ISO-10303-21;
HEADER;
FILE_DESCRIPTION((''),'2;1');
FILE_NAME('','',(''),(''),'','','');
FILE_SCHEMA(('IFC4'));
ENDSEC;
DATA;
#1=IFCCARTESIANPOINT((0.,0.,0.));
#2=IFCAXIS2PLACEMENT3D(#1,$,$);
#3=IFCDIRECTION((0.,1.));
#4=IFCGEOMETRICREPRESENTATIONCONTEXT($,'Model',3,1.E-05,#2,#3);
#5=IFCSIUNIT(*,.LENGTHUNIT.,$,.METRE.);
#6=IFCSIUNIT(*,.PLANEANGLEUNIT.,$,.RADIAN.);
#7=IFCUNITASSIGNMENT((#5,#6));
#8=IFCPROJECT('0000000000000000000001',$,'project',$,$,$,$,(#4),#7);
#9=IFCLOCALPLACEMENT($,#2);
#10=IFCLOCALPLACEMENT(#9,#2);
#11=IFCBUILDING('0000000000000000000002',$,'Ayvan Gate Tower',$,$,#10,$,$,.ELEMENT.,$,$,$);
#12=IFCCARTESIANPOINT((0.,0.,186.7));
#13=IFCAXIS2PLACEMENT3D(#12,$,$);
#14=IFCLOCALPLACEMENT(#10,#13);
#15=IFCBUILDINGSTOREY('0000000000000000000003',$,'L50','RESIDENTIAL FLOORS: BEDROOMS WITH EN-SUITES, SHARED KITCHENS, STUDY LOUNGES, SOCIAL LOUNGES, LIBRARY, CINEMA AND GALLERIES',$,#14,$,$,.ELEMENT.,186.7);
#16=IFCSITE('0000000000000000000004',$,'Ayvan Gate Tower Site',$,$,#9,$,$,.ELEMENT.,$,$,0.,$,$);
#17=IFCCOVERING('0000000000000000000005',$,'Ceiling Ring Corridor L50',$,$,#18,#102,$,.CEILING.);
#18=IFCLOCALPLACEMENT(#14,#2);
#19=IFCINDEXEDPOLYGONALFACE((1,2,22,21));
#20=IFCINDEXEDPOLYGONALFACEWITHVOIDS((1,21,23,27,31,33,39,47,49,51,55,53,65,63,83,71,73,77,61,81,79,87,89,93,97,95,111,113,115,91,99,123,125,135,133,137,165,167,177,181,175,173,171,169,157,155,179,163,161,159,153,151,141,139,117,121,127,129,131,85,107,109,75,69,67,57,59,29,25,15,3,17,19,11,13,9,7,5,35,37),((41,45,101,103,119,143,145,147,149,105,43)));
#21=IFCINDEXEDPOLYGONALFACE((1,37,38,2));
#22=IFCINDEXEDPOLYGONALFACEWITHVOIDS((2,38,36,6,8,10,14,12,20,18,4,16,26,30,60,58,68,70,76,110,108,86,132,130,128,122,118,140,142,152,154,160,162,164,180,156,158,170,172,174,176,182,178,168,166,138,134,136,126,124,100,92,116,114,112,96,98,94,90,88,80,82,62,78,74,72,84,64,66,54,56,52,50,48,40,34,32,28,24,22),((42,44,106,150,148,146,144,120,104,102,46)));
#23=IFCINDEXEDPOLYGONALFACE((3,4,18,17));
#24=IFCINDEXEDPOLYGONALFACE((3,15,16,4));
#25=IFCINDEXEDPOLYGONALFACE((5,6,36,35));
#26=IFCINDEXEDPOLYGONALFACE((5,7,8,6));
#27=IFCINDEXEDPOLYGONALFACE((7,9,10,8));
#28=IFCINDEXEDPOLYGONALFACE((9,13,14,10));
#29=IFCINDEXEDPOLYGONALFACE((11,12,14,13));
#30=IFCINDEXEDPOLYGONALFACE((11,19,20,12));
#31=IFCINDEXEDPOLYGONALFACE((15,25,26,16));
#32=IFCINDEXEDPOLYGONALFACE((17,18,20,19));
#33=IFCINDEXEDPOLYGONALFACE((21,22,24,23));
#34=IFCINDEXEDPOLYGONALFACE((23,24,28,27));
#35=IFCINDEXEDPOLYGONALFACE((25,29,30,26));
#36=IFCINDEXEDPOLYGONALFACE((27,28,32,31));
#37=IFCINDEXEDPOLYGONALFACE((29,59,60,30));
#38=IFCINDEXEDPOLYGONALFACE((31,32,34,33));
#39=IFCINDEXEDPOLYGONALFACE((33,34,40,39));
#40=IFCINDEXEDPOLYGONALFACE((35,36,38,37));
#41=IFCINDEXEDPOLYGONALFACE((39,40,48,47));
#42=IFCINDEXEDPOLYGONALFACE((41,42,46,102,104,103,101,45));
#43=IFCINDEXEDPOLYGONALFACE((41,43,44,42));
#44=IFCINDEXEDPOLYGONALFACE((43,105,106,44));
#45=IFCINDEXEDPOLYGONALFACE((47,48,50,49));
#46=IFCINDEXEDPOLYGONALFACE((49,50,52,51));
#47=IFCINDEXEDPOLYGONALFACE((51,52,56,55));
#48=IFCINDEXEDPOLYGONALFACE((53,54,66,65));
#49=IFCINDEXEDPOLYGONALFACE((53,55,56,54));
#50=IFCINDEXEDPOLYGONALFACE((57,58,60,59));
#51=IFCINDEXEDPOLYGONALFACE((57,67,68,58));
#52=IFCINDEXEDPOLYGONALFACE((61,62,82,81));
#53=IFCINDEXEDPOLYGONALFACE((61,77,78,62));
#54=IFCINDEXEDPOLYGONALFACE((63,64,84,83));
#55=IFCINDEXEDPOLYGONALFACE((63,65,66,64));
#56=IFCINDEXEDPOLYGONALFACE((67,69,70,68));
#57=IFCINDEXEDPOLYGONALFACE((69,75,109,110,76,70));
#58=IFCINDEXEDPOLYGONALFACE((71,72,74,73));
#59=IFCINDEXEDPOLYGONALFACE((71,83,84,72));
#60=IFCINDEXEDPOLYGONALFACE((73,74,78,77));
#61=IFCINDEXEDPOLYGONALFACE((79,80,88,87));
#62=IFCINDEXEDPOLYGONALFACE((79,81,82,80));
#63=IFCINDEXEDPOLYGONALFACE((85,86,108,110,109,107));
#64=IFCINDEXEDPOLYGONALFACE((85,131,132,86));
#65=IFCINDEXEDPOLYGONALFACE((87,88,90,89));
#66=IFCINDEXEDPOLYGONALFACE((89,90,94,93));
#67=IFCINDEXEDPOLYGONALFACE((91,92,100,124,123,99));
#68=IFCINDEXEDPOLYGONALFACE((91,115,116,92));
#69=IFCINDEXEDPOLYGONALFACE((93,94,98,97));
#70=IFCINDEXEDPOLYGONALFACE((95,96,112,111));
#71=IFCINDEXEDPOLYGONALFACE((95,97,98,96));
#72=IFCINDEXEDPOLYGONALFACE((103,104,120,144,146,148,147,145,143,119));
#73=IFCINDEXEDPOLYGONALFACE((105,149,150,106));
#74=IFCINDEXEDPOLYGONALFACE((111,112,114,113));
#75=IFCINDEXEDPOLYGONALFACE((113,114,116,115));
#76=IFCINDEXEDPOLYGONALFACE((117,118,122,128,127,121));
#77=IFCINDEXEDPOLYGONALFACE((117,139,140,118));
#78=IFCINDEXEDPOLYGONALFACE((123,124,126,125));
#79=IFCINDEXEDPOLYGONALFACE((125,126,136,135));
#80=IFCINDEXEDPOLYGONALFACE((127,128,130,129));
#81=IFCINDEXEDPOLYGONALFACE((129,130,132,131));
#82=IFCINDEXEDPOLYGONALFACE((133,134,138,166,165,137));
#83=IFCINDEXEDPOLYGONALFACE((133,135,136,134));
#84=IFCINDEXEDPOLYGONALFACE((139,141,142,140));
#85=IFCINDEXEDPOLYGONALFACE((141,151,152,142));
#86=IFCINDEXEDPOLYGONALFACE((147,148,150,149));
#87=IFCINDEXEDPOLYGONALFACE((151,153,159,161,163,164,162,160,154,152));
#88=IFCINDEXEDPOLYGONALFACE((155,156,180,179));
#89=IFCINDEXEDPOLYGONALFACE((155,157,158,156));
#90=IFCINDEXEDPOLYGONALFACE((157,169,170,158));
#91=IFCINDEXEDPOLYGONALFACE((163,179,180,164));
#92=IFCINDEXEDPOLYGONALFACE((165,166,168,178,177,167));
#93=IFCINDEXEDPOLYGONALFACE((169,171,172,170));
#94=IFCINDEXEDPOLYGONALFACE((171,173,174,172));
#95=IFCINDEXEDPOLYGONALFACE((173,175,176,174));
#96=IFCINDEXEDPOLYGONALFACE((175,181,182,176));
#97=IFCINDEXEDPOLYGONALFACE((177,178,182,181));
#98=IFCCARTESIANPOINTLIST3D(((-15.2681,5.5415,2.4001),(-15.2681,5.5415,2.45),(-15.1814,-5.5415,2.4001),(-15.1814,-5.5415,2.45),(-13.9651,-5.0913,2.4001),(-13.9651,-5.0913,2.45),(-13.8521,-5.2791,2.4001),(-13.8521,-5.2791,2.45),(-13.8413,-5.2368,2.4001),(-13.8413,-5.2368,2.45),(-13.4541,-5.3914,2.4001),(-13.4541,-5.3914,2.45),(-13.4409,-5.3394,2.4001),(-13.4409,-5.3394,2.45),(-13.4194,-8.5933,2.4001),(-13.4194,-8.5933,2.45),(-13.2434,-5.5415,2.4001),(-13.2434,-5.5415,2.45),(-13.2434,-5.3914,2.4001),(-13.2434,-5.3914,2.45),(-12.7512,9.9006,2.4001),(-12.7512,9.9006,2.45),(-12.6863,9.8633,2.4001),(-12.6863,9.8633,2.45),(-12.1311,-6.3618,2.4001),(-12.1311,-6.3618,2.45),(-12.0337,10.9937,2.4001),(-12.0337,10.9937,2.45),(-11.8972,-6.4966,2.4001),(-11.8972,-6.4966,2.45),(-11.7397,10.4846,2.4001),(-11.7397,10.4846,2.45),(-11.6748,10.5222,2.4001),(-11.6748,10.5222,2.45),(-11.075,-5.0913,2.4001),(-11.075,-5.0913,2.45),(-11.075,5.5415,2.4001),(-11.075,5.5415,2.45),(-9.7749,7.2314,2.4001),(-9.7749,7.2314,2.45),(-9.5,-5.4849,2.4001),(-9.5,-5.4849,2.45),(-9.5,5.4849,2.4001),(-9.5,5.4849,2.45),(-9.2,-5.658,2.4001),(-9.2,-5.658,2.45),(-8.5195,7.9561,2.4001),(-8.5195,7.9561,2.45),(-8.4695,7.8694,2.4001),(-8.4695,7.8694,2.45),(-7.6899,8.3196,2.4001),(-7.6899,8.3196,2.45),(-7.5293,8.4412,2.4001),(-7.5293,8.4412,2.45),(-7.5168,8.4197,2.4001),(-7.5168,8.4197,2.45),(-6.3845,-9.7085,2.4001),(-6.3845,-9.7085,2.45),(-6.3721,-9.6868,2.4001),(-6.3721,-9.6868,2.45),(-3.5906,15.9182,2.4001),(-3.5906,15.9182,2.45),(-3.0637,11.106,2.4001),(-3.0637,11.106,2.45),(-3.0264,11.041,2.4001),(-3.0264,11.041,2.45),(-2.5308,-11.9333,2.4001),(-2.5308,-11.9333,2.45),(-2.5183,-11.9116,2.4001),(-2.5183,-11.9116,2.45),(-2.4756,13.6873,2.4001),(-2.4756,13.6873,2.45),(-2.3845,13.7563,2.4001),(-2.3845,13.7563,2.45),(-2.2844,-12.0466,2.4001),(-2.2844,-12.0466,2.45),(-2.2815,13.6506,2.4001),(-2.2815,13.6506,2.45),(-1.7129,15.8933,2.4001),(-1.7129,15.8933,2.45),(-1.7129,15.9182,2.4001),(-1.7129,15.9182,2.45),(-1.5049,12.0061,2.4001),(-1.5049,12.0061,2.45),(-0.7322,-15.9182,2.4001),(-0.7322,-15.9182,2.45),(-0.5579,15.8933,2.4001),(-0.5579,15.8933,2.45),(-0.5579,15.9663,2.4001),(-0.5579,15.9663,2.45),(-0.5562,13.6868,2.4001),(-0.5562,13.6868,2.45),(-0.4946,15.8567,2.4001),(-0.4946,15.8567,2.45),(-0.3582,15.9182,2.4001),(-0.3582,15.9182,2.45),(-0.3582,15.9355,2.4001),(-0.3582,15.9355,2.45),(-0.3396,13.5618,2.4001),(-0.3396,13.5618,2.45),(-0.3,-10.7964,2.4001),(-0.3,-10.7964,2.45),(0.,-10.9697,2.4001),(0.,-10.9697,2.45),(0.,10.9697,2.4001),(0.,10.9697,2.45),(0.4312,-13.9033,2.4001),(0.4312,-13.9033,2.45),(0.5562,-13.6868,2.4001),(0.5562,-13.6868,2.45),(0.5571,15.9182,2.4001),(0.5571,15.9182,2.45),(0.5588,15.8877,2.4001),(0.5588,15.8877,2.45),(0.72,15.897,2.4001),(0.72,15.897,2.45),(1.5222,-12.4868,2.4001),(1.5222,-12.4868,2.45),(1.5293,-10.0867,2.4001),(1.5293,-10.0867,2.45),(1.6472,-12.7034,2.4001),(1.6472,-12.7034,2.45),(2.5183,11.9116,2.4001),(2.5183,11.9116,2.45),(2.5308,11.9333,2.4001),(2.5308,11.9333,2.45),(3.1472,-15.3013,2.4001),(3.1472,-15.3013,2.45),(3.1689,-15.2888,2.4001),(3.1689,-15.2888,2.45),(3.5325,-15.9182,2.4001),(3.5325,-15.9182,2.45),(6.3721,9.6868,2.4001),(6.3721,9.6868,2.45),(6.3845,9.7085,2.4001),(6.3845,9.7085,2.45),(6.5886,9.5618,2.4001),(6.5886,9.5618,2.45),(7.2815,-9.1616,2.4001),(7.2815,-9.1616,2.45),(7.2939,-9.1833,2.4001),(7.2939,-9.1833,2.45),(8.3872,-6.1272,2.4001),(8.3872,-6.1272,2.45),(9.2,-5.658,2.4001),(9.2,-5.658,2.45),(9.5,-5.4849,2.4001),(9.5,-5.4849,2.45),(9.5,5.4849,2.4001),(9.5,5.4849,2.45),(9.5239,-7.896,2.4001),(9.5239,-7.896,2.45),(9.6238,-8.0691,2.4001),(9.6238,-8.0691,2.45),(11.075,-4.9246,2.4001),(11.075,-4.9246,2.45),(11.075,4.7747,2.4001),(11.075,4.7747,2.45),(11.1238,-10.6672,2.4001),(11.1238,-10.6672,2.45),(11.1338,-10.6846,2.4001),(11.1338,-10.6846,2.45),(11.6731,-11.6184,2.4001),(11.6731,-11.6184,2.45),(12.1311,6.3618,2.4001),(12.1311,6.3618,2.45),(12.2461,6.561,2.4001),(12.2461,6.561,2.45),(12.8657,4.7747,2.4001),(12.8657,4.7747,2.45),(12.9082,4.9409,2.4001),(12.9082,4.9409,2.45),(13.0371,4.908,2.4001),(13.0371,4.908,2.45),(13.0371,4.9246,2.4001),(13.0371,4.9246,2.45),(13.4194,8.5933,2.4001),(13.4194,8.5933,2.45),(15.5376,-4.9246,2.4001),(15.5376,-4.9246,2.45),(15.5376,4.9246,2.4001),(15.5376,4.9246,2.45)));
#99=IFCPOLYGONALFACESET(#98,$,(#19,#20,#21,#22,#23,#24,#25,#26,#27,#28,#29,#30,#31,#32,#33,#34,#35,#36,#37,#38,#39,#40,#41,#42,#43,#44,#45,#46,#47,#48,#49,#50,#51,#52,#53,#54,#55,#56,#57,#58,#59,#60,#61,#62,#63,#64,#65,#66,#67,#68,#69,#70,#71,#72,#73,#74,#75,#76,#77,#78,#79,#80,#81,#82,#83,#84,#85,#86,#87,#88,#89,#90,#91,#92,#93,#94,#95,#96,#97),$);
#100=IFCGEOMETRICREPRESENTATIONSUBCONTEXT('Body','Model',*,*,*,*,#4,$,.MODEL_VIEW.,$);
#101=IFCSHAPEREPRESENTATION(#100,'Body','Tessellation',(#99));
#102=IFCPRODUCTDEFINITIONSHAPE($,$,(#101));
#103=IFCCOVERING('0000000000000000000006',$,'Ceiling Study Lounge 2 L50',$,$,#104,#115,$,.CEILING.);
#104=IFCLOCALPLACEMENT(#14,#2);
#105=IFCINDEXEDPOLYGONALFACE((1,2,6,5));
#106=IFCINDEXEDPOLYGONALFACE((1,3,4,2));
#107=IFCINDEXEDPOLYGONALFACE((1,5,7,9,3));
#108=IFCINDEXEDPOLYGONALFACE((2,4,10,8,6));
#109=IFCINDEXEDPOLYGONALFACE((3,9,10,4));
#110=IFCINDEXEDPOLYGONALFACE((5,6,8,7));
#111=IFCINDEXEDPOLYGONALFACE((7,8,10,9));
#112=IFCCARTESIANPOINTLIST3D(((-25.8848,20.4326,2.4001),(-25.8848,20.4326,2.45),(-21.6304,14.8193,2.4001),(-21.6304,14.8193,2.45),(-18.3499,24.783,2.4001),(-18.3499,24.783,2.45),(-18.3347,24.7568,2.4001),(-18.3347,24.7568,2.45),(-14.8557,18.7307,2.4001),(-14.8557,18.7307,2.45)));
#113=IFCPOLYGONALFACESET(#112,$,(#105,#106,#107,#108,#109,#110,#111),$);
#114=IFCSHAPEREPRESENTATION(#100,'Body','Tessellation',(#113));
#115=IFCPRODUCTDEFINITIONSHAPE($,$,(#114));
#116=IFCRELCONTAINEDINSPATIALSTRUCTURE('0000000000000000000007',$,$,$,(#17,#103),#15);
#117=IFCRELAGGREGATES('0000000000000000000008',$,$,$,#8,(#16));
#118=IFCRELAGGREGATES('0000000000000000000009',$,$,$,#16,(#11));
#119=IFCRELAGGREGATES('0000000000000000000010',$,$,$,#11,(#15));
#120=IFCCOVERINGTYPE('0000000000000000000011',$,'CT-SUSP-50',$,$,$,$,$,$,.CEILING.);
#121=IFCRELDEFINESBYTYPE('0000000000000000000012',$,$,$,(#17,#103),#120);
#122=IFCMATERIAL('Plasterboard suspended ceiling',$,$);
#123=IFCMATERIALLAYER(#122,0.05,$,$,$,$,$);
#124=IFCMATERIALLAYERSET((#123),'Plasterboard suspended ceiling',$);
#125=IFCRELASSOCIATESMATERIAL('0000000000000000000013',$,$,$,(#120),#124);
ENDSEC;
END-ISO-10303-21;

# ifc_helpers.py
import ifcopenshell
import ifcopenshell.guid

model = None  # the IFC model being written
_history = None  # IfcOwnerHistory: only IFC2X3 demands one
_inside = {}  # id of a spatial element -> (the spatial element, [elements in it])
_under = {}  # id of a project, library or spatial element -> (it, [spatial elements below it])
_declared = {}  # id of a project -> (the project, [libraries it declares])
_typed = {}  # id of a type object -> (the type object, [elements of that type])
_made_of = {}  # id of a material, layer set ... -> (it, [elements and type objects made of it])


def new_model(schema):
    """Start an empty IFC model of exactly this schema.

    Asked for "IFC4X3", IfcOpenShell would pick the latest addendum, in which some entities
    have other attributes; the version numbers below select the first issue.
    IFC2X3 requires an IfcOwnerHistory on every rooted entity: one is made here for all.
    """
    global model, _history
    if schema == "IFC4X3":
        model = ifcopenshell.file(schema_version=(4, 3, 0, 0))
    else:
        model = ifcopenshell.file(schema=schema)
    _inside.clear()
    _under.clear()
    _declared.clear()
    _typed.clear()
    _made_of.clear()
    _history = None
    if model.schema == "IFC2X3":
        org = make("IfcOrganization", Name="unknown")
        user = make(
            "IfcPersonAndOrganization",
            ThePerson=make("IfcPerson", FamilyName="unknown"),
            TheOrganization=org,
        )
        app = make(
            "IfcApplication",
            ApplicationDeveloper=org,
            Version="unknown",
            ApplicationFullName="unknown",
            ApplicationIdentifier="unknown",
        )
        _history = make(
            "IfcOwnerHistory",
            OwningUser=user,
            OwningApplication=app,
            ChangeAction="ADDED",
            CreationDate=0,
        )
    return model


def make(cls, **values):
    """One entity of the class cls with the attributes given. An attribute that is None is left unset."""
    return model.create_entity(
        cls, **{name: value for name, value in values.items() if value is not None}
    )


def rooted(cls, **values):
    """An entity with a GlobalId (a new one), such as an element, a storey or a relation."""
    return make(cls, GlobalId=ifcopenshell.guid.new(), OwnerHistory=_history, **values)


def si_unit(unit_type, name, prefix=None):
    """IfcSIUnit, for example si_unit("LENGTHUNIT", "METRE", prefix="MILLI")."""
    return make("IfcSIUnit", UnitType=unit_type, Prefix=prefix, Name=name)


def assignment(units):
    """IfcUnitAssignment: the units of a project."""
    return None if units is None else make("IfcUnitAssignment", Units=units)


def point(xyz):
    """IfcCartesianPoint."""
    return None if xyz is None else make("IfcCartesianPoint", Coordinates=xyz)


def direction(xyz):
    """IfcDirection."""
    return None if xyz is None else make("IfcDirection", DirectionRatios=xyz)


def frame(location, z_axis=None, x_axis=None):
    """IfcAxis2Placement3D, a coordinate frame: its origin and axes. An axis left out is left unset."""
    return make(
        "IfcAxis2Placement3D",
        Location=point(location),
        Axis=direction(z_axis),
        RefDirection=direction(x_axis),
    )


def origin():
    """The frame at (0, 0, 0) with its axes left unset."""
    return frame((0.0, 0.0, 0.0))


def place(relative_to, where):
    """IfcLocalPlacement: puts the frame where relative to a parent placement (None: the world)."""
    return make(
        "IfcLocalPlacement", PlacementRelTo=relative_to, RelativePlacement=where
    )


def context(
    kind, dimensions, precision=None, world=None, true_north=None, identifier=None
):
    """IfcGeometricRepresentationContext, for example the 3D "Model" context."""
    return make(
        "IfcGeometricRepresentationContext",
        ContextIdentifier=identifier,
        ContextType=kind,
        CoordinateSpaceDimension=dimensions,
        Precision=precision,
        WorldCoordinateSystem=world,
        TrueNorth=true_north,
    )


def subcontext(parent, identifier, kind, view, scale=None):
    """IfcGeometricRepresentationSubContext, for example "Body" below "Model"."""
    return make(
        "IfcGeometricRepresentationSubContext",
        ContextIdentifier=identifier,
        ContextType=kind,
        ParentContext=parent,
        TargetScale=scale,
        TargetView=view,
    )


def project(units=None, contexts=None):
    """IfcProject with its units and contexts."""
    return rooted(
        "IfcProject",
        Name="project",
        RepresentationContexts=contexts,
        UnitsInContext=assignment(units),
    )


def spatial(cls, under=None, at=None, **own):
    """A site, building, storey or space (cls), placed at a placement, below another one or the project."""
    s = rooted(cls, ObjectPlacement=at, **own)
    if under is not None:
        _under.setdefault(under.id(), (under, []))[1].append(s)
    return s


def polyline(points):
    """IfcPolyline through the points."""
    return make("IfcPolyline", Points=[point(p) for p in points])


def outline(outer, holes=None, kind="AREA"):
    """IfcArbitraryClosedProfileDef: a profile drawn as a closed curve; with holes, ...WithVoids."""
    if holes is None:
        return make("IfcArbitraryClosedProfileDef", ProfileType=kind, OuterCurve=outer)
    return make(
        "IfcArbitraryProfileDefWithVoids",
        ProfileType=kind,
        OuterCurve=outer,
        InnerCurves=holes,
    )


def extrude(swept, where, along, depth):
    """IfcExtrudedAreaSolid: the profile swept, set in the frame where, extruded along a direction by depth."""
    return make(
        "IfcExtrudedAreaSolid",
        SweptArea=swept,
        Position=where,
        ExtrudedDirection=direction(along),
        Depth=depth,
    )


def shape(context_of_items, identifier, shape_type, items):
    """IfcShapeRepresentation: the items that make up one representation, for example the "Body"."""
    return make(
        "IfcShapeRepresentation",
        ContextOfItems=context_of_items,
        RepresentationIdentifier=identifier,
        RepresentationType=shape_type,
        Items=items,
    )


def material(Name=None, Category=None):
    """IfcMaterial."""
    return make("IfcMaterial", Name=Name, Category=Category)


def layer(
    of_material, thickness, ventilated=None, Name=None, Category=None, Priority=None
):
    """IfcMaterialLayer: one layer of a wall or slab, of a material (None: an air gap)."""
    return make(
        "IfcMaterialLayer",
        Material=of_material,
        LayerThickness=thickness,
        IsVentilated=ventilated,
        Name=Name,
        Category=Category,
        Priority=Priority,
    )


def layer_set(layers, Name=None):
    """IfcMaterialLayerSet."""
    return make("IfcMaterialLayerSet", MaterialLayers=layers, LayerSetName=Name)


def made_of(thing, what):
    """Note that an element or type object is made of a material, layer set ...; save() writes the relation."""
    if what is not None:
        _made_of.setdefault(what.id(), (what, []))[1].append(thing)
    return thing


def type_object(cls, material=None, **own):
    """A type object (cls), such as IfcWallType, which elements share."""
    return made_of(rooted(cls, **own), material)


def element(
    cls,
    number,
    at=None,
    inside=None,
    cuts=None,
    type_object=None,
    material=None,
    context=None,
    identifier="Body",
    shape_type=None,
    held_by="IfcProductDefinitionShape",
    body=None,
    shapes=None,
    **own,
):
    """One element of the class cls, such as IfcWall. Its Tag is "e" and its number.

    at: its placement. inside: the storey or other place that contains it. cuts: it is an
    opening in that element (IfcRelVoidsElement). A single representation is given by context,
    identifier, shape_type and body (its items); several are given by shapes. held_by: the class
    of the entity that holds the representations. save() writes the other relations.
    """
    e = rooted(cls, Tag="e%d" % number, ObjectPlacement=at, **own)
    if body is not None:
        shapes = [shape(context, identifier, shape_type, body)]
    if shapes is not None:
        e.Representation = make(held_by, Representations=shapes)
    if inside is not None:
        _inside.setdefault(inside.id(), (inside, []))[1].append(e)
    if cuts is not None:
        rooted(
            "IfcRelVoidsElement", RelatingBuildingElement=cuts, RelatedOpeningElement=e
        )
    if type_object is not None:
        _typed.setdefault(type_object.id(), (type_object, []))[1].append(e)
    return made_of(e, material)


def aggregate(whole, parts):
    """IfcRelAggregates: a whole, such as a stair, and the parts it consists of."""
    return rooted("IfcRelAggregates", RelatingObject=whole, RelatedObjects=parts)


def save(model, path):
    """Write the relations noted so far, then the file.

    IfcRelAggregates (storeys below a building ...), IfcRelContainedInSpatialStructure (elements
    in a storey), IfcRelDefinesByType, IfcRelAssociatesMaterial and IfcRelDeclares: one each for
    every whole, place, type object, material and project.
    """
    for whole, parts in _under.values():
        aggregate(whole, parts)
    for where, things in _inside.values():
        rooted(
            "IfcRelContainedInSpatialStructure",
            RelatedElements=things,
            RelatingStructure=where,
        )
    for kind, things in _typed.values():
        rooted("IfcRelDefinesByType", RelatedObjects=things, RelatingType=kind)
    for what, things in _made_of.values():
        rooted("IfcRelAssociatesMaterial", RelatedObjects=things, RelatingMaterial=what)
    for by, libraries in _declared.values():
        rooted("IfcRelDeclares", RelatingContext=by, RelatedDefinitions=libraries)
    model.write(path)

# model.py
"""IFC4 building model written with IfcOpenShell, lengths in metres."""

from ifc_helpers import new_model, si_unit, direction, frame, origin, place, context, subcontext, project, spatial, polyline, outline, extrude, material, layer, layer_set, type_object, element, save


model = new_model("IFC4")

# Units and contexts
model_context = context("Model", 3, precision=1e-05, world=origin(), true_north=direction((0.0, 1.0)))
body_context = subcontext(model_context, "Body", "Model", "MODEL_VIEW")
ifc_project = project(units=[si_unit("LENGTHUNIT", "METRE"), si_unit("PLANEANGLEUNIT", "RADIAN")], contexts=[model_context])

# Site, building, storey
site_placement = place(None, origin())
site = spatial("IfcSite", under=ifc_project, at=site_placement, Name="Ayvan Gate Tower Site", CompositionType="ELEMENT", RefElevation=0.0)
building_placement = place(site_placement, origin())
building = spatial("IfcBuilding", under=site, at=building_placement, Name="Ayvan Gate Tower", CompositionType="ELEMENT")
storey_placement = place(building_placement, frame((0.0, 0.0, 186.7)))
storey = spatial("IfcBuildingStorey", under=building, at=storey_placement, Name="L50", Description="RESIDENTIAL FLOORS: BEDROOMS WITH EN-SUITES, SHARED KITCHENS, STUDY LOUNGES, SOCIAL LOUNGES, LIBRARY, CINEMA AND GALLERIES", CompositionType="ELEMENT", Elevation=186.7)

# Coverings
ifc_material_1 = material(Name="Plasterboard suspended ceiling")
ifc_layer_1 = layer(ifc_material_1, 0.05)
ifc_layer_set_1 = layer_set([ifc_layer_1], Name="Plasterboard suspended ceiling")
covering_type = type_object("IfcCoveringType", Name="CT-SUSP-50", PredefinedType="CEILING", material=ifc_layer_set_1)
covering_1_placement = place(storey_placement, frame((0.0, 0.0, 2.4001)))
element("IfcCovering", 1, at=covering_1_placement, inside=storey, type_object=covering_type, Name="Ceiling Ring Corridor L50", PredefinedType="CEILING", context=body_context, shape_type="SweptSolid", body=[
    extrude(outline(polyline([(-13.9651, -5.0913), (-11.075, -5.0913), (-11.075, 5.5415), (-15.2681, 5.5415), (-12.7512, 9.9006), (-12.6863, 9.8633), (-12.0337, 10.9937), (-11.7397, 10.4846), (-11.6748, 10.5222), (-9.7749, 7.2314), (-8.5195, 7.9561), (-8.4695, 7.8694), (-7.6899, 8.3196), (-7.5168, 8.4197), (-7.5293, 8.4412), (-3.0264, 11.041), (-3.0637, 11.106), (-1.5049, 12.0061), (-2.4756, 13.6873), (-2.3845, 13.7563), (-2.2815, 13.6506), (-3.5906, 15.9182), (-1.7129, 15.9182), (-1.7129, 15.8933), (-0.5579, 15.8933), (-0.5579, 15.9663), (-0.4946, 15.8567), (-0.3582, 15.9355), (-0.3582, 15.9182), (0.5571, 15.9182), (0.5588, 15.8877), (0.72, 15.897), (-0.5562, 13.6868), (-0.3396, 13.5618), (2.5183, 11.9116), (2.5308, 11.9333), (6.3845, 9.7085), (6.3721, 9.6868), (6.5886, 9.5618), (12.1311, 6.3618), (12.2461, 6.561), (13.4194, 8.5933), (15.5376, 4.9246), (13.0371, 4.9246), (13.0371, 4.908), (12.9082, 4.9409), (12.8657, 4.7747), (11.075, 4.7747), (11.075, -4.9246), (15.5376, -4.9246), (11.6731, -11.6184), (11.1338, -10.6846), (11.1238, -10.6672), (9.6238, -8.0691), (9.5239, -7.896), (7.2939, -9.1833), (7.2815, -9.1616), (1.5222, -12.4868), (1.6472, -12.7034), (3.1472, -15.3013), (3.1689, -15.2888), (3.5325, -15.9182), (-0.7322, -15.9182), (0.4312, -13.9033), (0.5562, -13.6868), (-2.2844, -12.0466), (-2.5183, -11.9116), (-2.5308, -11.9333), (-6.3845, -9.7085), (-6.3721, -9.6868), (-11.8972, -6.4966), (-12.1311, -6.3618), (-13.4194, -8.5933), (-15.1814, -5.5415), (-13.2434, -5.5415), (-13.2434, -5.3914), (-13.4541, -5.3914), (-13.4409, -5.3394), (-13.8413, -5.2368), (-13.8521, -5.2791), (-13.9651, -5.0913)]), holes=[polyline([(-0.3, -10.7964), (0.0, -10.9697), (1.5293, -10.0867), (8.3872, -6.1272), (9.2, -5.658), (9.5, -5.4849), (9.5, 5.4849), (0.0, 10.9697), (-9.5, 5.4849), (-9.5, -5.4849), (-9.2, -5.658), (-0.3, -10.7964)])]), origin(), (0.0, 0.0, 1.0), 0.0498),
])
covering_2_placement = place(storey_placement, frame((0.0, 0.0, 2.4001)))
element("IfcCovering", 2, at=covering_2_placement, inside=storey, type_object=covering_type, Name="Ceiling Study Lounge 2 L50", PredefinedType="CEILING", context=body_context, shape_type="SweptSolid", body=[
    extrude(outline(polyline([(-25.8848, 20.4326), (-18.3499, 24.783), (-18.3347, 24.7568), (-14.8557, 18.7307), (-21.6304, 14.8193), (-25.8848, 20.4326)])), origin(), (0.0, 0.0, 1.0), 0.0498),
])

save(model, "model.ifc")
